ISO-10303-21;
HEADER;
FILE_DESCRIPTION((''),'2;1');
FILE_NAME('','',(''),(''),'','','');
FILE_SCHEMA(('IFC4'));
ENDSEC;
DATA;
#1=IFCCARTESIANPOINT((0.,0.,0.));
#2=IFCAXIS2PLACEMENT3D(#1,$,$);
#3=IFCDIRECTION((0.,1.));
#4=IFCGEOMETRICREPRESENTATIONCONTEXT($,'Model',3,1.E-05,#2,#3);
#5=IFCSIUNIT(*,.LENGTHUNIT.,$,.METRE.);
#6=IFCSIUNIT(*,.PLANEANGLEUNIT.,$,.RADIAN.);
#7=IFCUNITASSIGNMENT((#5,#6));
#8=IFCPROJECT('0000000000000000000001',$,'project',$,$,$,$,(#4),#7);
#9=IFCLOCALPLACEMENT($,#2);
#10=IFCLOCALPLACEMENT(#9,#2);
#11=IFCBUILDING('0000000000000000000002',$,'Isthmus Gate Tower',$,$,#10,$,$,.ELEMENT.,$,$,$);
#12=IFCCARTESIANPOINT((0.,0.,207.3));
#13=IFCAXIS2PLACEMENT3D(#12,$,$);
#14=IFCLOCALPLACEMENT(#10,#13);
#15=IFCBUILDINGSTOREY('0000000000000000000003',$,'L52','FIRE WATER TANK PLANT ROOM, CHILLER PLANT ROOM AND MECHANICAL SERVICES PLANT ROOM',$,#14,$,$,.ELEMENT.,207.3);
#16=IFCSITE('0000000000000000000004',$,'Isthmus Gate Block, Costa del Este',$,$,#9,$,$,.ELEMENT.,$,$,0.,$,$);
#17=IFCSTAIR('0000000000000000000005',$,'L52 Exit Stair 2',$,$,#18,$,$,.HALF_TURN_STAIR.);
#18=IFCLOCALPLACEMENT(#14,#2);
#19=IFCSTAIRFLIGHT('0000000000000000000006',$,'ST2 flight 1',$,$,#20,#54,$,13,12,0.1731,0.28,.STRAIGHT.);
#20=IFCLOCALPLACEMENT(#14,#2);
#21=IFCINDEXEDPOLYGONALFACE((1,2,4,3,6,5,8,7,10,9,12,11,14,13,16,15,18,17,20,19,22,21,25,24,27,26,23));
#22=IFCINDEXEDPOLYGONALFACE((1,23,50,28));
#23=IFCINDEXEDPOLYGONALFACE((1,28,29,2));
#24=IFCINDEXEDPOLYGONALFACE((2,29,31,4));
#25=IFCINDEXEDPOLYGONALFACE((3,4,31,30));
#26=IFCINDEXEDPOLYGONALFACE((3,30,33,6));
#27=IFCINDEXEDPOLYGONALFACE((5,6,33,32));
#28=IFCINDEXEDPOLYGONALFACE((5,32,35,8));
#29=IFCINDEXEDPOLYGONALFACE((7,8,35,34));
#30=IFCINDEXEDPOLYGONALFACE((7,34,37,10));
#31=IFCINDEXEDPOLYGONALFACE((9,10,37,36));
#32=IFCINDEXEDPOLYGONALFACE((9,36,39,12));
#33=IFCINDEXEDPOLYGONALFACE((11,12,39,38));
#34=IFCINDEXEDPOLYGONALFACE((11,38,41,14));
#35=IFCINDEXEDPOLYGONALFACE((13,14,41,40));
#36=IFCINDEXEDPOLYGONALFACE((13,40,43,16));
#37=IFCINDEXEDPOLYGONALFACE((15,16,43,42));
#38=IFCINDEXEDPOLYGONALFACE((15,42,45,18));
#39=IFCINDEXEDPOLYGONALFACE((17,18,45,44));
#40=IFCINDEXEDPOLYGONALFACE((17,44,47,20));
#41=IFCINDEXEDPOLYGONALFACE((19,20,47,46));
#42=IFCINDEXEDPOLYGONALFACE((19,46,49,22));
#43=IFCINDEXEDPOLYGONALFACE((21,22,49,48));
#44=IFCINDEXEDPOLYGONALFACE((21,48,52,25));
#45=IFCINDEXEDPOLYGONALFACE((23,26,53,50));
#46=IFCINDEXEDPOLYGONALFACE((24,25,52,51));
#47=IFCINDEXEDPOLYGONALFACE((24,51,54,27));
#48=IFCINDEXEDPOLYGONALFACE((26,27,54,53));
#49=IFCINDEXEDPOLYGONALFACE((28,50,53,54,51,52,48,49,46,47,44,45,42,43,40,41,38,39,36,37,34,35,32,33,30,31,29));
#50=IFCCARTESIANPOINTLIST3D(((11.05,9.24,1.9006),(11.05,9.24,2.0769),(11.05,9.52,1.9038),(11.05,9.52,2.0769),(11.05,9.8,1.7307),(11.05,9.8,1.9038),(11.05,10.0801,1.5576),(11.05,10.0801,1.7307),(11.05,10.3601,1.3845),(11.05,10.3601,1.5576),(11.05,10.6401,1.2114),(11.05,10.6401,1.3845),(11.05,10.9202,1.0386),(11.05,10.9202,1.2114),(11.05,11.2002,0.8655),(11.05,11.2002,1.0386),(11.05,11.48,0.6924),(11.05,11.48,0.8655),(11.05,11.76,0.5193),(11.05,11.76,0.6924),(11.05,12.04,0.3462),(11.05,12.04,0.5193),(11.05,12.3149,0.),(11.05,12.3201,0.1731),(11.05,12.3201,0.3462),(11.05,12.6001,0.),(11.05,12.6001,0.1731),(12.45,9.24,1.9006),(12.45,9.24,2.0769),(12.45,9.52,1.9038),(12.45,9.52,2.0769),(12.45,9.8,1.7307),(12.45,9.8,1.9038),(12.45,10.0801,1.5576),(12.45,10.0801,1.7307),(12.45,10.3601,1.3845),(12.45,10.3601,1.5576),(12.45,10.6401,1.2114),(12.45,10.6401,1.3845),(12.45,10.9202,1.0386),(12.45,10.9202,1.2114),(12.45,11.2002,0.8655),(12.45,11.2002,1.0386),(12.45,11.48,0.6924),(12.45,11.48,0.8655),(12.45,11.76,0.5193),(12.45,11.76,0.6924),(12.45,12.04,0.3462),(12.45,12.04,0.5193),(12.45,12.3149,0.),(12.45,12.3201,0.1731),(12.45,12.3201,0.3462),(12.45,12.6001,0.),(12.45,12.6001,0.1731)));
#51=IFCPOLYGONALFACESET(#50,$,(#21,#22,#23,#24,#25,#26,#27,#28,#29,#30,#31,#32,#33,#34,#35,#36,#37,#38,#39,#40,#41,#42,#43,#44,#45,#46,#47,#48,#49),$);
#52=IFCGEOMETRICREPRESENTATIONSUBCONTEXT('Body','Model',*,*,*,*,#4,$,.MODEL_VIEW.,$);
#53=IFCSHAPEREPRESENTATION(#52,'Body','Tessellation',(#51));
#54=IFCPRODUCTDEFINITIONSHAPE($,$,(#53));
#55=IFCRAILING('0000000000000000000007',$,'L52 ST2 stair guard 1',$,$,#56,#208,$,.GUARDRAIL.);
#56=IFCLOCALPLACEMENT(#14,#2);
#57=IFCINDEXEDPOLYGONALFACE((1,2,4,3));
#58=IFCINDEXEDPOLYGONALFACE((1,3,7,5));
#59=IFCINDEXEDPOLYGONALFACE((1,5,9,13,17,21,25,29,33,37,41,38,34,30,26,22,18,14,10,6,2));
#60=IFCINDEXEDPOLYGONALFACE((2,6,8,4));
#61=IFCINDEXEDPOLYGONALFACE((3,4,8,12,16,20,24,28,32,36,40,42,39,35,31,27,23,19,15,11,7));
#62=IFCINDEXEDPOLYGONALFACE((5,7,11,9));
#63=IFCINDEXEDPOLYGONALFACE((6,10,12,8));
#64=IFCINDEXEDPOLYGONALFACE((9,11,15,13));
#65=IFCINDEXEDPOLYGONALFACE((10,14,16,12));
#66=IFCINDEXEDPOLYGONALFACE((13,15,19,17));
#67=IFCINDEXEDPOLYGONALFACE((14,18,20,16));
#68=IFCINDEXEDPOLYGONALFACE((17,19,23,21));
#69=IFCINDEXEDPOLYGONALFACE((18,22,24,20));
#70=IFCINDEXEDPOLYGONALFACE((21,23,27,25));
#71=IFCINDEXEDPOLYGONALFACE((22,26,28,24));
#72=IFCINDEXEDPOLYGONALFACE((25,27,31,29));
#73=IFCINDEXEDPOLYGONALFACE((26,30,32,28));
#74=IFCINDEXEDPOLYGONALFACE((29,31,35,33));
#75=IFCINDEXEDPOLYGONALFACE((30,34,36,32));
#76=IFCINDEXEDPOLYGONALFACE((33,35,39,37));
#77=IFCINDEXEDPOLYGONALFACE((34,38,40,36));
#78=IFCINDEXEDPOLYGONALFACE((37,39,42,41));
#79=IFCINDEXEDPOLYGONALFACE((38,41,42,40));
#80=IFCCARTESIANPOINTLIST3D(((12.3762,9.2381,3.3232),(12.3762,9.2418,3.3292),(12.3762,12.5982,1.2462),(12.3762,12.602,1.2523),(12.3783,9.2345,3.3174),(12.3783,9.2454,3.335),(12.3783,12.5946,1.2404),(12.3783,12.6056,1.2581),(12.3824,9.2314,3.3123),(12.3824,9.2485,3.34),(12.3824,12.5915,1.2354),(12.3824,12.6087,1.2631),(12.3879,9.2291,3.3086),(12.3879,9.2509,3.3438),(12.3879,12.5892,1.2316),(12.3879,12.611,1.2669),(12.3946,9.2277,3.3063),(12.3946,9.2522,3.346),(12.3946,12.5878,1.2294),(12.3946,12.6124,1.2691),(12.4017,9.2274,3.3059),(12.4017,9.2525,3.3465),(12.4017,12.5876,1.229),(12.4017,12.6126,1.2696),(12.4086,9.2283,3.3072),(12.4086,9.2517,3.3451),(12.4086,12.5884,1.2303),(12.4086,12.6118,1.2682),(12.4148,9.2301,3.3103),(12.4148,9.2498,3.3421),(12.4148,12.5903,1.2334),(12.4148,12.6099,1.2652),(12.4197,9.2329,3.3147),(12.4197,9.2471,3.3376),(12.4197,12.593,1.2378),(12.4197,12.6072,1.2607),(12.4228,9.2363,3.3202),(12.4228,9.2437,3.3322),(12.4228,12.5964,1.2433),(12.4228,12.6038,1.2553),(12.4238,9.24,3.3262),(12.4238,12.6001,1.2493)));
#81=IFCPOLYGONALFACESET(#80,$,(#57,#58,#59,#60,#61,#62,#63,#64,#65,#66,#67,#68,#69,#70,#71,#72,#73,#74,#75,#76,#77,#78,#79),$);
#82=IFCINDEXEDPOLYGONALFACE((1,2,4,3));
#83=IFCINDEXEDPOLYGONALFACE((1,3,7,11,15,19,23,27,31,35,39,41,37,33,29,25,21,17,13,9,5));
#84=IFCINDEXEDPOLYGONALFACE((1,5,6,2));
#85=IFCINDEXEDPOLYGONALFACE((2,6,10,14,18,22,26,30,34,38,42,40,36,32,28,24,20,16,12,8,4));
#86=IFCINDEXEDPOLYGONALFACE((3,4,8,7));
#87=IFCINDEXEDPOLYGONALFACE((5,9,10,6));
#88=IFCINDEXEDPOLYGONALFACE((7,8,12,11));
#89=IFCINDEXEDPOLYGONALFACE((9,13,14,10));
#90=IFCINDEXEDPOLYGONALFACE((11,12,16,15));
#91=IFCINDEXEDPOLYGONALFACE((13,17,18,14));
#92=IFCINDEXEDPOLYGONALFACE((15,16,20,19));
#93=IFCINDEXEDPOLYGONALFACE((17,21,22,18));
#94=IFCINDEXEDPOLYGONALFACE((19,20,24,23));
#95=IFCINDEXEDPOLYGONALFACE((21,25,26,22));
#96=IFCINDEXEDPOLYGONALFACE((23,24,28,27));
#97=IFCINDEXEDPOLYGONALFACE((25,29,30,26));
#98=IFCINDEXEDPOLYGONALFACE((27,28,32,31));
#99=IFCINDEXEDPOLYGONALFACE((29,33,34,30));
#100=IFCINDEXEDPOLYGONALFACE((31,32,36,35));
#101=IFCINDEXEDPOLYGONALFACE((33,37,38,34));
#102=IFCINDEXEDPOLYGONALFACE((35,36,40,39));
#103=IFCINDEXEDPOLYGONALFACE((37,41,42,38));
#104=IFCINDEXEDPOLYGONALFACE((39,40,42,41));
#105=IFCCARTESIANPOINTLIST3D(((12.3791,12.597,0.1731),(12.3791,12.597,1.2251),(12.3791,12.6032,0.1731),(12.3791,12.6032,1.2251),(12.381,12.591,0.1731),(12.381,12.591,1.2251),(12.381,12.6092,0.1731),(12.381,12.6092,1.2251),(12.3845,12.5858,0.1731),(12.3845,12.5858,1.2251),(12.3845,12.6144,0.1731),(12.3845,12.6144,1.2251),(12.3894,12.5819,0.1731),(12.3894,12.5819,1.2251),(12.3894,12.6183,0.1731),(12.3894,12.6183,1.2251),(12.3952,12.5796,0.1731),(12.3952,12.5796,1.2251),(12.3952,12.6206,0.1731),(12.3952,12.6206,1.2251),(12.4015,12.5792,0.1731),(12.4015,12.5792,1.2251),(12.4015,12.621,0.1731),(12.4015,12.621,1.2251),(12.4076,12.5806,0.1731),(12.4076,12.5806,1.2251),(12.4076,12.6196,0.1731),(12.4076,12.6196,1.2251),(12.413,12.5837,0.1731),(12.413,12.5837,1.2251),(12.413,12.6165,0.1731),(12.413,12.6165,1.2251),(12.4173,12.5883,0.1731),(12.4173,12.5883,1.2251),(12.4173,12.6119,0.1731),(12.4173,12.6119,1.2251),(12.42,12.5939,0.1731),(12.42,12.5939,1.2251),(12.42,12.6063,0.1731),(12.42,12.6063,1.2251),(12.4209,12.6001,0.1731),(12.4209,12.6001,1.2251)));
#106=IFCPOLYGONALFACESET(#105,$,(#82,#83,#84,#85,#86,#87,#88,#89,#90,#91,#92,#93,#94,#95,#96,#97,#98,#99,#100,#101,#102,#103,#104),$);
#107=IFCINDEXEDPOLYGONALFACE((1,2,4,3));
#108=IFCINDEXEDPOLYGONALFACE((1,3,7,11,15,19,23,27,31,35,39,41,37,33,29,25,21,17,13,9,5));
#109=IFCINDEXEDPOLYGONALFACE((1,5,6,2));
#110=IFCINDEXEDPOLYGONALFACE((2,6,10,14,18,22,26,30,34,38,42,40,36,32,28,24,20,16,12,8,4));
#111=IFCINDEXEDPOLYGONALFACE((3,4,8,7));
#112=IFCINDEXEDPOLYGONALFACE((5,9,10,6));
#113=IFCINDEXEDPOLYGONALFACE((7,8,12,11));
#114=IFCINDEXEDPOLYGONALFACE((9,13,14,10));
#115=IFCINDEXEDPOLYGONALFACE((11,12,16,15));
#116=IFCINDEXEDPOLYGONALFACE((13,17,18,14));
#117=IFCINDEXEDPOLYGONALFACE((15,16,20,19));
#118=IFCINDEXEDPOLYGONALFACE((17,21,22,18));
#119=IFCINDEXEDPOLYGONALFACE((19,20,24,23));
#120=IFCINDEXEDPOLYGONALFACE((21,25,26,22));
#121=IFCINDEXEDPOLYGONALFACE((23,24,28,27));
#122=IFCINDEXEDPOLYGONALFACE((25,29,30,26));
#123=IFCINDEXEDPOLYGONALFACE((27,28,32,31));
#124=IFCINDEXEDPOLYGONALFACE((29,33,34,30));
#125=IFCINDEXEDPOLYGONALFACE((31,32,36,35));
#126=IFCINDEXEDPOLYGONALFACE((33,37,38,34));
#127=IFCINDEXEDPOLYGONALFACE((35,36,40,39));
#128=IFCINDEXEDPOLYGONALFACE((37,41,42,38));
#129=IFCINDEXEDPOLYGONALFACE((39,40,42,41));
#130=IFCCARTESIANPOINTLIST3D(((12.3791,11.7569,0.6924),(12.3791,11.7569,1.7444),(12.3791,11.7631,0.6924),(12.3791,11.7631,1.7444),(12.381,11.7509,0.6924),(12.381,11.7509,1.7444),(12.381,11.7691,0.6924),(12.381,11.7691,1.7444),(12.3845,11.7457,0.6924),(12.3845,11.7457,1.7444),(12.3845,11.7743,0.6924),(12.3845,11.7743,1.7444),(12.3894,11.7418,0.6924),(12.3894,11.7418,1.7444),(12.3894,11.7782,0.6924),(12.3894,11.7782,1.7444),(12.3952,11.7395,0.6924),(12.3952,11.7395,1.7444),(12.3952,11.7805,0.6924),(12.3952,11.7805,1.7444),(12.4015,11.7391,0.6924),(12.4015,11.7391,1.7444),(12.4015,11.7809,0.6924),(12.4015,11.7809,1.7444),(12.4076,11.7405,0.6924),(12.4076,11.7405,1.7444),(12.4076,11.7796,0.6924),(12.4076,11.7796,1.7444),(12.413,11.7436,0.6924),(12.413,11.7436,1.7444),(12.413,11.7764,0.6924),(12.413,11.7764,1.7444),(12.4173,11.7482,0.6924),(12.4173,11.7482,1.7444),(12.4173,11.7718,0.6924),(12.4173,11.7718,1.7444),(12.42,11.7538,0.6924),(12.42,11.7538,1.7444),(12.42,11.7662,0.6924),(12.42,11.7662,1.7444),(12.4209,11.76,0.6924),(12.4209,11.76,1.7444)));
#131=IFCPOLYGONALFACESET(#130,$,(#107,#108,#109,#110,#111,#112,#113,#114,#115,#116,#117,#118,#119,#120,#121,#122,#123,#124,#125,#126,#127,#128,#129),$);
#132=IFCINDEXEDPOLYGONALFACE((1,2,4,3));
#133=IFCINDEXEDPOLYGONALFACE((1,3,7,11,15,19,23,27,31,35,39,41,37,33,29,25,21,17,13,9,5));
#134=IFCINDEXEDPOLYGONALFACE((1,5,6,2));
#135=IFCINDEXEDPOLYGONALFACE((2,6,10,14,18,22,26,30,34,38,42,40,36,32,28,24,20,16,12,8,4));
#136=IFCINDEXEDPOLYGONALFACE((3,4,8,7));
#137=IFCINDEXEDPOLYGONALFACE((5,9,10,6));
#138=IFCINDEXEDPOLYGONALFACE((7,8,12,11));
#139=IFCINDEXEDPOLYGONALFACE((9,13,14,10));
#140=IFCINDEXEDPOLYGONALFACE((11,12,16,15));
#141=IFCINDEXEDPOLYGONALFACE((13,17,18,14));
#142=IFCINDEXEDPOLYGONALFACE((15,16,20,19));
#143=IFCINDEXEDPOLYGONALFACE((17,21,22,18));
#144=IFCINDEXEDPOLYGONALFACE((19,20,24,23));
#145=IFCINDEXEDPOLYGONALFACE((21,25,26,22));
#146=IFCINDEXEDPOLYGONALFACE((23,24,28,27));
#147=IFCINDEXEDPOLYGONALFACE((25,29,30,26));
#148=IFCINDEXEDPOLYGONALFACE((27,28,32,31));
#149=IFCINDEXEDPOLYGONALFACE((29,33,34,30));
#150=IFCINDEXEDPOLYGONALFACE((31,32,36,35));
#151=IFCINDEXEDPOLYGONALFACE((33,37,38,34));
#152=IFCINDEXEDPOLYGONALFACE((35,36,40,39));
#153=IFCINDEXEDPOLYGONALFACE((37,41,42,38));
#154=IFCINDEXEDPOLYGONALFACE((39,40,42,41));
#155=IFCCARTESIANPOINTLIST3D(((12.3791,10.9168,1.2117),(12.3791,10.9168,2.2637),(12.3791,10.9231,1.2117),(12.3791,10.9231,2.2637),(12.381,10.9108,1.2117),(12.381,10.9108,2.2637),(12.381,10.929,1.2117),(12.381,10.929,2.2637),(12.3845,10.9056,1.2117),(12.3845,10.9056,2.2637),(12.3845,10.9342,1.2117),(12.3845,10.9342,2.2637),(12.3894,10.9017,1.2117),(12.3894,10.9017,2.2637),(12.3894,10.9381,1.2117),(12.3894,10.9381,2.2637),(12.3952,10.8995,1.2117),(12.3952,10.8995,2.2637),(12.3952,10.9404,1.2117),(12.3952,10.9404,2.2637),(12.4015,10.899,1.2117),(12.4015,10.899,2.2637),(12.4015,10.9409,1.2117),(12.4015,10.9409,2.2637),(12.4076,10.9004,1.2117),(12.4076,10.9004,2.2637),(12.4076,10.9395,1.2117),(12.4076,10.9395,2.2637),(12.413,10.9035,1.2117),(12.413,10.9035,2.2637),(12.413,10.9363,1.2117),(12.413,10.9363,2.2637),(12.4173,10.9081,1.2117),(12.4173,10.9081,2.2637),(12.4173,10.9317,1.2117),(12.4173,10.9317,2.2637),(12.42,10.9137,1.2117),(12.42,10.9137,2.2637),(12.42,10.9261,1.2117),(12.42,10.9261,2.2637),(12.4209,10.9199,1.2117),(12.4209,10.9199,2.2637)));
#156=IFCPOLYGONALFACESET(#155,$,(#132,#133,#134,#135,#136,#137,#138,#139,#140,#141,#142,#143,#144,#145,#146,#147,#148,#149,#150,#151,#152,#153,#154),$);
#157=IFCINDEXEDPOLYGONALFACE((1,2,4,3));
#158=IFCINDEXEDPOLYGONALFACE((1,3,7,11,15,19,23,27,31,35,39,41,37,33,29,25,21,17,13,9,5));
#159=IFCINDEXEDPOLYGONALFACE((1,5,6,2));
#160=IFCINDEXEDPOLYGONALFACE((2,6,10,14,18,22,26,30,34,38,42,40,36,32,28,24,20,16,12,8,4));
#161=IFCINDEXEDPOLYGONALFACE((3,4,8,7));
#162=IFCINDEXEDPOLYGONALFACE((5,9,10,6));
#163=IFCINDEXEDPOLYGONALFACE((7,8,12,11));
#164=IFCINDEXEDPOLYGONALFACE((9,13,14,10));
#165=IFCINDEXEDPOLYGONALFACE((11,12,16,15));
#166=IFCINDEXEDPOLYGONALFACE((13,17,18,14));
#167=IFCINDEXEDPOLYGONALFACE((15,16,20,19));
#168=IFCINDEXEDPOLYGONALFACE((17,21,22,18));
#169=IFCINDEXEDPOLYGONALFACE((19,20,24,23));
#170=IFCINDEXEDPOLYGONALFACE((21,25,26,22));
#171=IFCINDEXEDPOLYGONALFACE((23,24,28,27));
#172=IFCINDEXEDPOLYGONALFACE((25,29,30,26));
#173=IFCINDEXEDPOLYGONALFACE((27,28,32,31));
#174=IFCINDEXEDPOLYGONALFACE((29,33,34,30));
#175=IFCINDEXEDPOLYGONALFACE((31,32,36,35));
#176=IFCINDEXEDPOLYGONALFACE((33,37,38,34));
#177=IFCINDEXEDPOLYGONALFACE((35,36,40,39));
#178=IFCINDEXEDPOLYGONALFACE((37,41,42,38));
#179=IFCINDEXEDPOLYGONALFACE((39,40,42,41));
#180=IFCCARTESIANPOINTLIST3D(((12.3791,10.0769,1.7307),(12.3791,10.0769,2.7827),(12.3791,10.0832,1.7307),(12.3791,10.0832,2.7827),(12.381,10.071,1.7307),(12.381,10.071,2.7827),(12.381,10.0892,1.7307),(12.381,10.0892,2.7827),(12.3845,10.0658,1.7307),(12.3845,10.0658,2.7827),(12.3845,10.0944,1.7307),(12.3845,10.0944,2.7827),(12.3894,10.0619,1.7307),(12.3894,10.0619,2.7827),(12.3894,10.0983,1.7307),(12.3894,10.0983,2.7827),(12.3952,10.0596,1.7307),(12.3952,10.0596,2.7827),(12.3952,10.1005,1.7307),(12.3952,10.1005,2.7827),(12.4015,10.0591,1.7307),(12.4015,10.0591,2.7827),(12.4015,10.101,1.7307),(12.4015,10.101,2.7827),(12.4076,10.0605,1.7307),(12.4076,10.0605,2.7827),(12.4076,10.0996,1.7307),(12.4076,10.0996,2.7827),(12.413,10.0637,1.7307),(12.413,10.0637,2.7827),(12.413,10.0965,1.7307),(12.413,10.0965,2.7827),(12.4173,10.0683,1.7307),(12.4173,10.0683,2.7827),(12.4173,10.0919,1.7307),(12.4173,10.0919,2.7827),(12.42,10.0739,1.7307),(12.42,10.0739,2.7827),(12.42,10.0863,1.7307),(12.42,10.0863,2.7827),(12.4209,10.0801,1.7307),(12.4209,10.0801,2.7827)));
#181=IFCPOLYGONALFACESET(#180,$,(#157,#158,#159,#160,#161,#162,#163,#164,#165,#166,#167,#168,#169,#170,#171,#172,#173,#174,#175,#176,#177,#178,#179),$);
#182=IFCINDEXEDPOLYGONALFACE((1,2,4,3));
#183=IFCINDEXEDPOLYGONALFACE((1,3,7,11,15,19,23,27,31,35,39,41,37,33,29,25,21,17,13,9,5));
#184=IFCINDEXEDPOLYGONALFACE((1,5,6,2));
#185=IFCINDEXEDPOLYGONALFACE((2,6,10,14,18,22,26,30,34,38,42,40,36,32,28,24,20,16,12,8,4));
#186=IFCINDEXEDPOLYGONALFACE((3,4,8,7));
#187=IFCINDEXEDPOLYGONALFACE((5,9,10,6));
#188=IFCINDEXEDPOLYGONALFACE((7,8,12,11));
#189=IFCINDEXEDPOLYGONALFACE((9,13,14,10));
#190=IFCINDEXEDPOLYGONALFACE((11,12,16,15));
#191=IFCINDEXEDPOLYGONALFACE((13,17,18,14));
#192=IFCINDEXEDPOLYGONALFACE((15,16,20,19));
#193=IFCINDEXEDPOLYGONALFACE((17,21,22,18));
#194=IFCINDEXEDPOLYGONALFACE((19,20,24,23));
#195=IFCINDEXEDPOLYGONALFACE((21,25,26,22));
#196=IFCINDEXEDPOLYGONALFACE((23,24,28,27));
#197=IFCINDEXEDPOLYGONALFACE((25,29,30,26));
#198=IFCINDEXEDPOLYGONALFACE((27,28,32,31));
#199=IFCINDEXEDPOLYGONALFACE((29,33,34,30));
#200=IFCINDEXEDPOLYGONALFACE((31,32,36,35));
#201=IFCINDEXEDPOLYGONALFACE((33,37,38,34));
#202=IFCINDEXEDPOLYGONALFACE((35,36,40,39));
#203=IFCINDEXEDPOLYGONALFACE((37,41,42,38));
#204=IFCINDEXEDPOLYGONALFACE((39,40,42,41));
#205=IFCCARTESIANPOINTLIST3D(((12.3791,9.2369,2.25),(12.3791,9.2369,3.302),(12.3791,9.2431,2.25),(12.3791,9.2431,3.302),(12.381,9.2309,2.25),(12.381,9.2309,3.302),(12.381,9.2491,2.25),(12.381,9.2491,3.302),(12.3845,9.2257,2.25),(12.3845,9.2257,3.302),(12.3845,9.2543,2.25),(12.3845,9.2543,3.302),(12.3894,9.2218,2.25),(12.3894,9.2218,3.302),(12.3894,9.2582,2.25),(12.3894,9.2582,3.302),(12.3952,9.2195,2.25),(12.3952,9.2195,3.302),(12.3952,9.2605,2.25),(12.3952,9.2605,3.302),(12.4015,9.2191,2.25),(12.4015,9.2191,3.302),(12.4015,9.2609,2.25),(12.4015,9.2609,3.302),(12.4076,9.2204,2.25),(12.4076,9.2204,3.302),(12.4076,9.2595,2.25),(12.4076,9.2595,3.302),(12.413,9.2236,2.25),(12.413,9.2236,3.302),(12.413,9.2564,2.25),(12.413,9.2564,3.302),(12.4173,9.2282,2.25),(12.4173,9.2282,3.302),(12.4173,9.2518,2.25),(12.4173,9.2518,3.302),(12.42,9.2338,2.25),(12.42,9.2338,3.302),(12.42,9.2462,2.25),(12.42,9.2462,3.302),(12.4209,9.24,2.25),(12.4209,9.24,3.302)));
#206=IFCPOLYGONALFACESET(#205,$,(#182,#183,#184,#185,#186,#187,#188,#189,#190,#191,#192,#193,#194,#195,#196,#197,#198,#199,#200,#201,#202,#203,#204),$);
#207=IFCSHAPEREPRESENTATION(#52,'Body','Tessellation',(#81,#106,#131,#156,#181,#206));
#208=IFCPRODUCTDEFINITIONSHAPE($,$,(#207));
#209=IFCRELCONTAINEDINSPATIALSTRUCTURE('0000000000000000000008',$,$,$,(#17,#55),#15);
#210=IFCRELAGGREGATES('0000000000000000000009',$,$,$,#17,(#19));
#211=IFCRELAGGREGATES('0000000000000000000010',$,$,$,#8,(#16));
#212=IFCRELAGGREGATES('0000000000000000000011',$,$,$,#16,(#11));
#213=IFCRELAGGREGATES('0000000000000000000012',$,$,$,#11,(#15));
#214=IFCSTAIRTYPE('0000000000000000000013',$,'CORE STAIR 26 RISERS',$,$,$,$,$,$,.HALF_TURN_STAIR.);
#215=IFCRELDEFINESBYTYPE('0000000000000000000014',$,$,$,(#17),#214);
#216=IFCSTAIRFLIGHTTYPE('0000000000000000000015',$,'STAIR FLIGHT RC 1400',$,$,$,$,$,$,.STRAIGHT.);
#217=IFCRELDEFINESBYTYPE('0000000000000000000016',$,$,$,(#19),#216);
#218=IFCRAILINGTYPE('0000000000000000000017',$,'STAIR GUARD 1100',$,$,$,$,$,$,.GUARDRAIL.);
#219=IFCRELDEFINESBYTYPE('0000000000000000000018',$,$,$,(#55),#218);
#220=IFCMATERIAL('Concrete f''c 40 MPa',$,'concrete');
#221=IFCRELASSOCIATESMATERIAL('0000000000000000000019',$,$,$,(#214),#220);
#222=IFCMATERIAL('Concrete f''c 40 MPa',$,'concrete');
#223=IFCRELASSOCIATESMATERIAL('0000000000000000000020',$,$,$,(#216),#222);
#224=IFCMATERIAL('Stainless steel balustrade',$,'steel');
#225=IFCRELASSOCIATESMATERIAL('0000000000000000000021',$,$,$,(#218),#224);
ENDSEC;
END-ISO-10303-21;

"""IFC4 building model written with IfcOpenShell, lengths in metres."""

from ifc_helpers import new_model, si_unit, direction, frame, origin, origin_2d, place, context, subcontext, project, spatial, polyline, circle, outline, extrude, material, type_object, element, aggregate, save


model = new_model("IFC4")

# Units and contexts
model_context = context("Model", 3, precision=1e-05, world=origin(), true_north=direction((0.0, 1.0)))
body_context = subcontext(model_context, "Body", "Model", "MODEL_VIEW")
ifc_project = project(units=[si_unit("LENGTHUNIT", "METRE"), si_unit("PLANEANGLEUNIT", "RADIAN")], contexts=[model_context])

# Site, building, storey
site_placement = place(None, origin())
site = spatial("IfcSite", under=ifc_project, at=site_placement, Name="Isthmus Gate Block, Costa del Este", CompositionType="ELEMENT", RefElevation=0.0)
building_placement = place(site_placement, origin())
building = spatial("IfcBuilding", under=site, at=building_placement, Name="Isthmus Gate Tower", CompositionType="ELEMENT")
storey_placement = place(building_placement, frame((0.0, 0.0, 207.3)))
storey = spatial("IfcBuildingStorey", under=building, at=storey_placement, Name="L52", Description="FIRE WATER TANK PLANT ROOM, CHILLER PLANT ROOM AND MECHANICAL SERVICES PLANT ROOM", CompositionType="ELEMENT", Elevation=207.3)

# Stair, stair flight
ifc_material_1 = material(Name="Concrete f'c 40 MPa", Category="concrete")
stair_type = type_object("IfcStairType", Name="CORE STAIR 26 RISERS", PredefinedType="HALF_TURN_STAIR", material=ifc_material_1)
stair_placement = place(storey_placement, origin())
stair = element("IfcStair", 1, at=stair_placement, inside=storey, type_object=stair_type, Name="L52 Exit Stair 2", PredefinedType="HALF_TURN_STAIR")
ifc_material_2 = material(Name="Concrete f'c 40 MPa", Category="concrete")
stair_flight_type = type_object("IfcStairFlightType", Name="STAIR FLIGHT RC 1400", PredefinedType="STRAIGHT", material=ifc_material_2)
stair_flight_placement = place(storey_placement, frame((11.75, 12.6001, 0.0), z_axis=(0.0, 0.0, 1.0), x_axis=(0.0, -1.0, 0.0)))
stair_flight = element("IfcStairFlight", 2, at=stair_flight_placement, type_object=stair_flight_type, Name="ST2 flight 1", NumberOfRisers=13, NumberOfTreads=12, PredefinedType="STRAIGHT", RiserHeight=0.1731, TreadLength=0.28, context=body_context, shape_type="SweptSolid", body=[
    extrude(outline(polyline([(0.0, 0.0), (0.0, 0.1731), (0.28, 0.1731), (0.28, 0.3462), (0.5601, 0.3462), (0.5601, 0.5193), (0.8401, 0.5193), (0.8401, 0.6924), (1.1201, 0.6924), (1.1201, 0.8655), (1.3999, 0.8655), (1.3999, 1.0386), (1.6799, 1.0386), (1.6799, 1.2114), (1.96, 1.2114), (1.96, 1.3845), (2.24, 1.3845), (2.24, 1.5576), (2.52, 1.5576), (2.52, 1.7307), (2.8, 1.7307), (2.8, 1.9038), (3.0801, 1.9038), (3.0801, 2.0769), (3.3601, 2.0769), (3.3601, 2.25), (3.3601, 1.9006), (0.2852, 0.0), (0.0, 0.0)])), frame((0.0, 0.7, 0.0), z_axis=(0.0, -1.0, 0.0), x_axis=(1.0, 0.0, 0.0)), (0.0, 0.0, 1.0), 1.3999),
])
aggregate(stair, [stair_flight])

# Railing
ifc_material_3 = material(Name="Stainless steel balustrade", Category="steel")
railing_type = type_object("IfcRailingType", Name="STAIR GUARD 1100", PredefinedType="GUARDRAIL", material=ifc_material_3)
railing_1_placement = place(storey_placement, frame((12.3999, 12.6001, 0.1731)))
element("IfcRailing", 3, at=railing_1_placement, inside=storey, type_object=railing_type, Name="L52 ST2 stair guard 1", PredefinedType="GUARDRAIL", context=body_context, shape_type="SweptSolid", body=[
    extrude(circle(Radius=0.0239, at=origin_2d()), frame((0.0, 0.0, 1.0762), z_axis=(0.0, -0.850623, 0.525776), x_axis=(1.0, 0.0, 0.0)), (0.0, 0.0, 1.0), 3.9502),
    extrude(circle(Radius=0.021, at=origin_2d()), origin(), (0.0, 0.0, 1.0), 1.052),
    extrude(circle(Radius=0.021, at=origin_2d()), frame((0.0, -0.8401, 0.5193)), (0.0, 0.0, 1.0), 1.052),
    extrude(circle(Radius=0.021, at=origin_2d()), frame((0.0, -1.6802, 1.0386)), (0.0, 0.0, 1.0), 1.052),
    extrude(circle(Radius=0.021, at=origin_2d()), frame((0.0, -2.52, 1.5576)), (0.0, 0.0, 1.0), 1.052),
    extrude(circle(Radius=0.021, at=origin_2d()), frame((0.0, -3.3601, 2.0769)), (0.0, 0.0, 1.0), 1.052),
])

save(model, "model.ifc")
